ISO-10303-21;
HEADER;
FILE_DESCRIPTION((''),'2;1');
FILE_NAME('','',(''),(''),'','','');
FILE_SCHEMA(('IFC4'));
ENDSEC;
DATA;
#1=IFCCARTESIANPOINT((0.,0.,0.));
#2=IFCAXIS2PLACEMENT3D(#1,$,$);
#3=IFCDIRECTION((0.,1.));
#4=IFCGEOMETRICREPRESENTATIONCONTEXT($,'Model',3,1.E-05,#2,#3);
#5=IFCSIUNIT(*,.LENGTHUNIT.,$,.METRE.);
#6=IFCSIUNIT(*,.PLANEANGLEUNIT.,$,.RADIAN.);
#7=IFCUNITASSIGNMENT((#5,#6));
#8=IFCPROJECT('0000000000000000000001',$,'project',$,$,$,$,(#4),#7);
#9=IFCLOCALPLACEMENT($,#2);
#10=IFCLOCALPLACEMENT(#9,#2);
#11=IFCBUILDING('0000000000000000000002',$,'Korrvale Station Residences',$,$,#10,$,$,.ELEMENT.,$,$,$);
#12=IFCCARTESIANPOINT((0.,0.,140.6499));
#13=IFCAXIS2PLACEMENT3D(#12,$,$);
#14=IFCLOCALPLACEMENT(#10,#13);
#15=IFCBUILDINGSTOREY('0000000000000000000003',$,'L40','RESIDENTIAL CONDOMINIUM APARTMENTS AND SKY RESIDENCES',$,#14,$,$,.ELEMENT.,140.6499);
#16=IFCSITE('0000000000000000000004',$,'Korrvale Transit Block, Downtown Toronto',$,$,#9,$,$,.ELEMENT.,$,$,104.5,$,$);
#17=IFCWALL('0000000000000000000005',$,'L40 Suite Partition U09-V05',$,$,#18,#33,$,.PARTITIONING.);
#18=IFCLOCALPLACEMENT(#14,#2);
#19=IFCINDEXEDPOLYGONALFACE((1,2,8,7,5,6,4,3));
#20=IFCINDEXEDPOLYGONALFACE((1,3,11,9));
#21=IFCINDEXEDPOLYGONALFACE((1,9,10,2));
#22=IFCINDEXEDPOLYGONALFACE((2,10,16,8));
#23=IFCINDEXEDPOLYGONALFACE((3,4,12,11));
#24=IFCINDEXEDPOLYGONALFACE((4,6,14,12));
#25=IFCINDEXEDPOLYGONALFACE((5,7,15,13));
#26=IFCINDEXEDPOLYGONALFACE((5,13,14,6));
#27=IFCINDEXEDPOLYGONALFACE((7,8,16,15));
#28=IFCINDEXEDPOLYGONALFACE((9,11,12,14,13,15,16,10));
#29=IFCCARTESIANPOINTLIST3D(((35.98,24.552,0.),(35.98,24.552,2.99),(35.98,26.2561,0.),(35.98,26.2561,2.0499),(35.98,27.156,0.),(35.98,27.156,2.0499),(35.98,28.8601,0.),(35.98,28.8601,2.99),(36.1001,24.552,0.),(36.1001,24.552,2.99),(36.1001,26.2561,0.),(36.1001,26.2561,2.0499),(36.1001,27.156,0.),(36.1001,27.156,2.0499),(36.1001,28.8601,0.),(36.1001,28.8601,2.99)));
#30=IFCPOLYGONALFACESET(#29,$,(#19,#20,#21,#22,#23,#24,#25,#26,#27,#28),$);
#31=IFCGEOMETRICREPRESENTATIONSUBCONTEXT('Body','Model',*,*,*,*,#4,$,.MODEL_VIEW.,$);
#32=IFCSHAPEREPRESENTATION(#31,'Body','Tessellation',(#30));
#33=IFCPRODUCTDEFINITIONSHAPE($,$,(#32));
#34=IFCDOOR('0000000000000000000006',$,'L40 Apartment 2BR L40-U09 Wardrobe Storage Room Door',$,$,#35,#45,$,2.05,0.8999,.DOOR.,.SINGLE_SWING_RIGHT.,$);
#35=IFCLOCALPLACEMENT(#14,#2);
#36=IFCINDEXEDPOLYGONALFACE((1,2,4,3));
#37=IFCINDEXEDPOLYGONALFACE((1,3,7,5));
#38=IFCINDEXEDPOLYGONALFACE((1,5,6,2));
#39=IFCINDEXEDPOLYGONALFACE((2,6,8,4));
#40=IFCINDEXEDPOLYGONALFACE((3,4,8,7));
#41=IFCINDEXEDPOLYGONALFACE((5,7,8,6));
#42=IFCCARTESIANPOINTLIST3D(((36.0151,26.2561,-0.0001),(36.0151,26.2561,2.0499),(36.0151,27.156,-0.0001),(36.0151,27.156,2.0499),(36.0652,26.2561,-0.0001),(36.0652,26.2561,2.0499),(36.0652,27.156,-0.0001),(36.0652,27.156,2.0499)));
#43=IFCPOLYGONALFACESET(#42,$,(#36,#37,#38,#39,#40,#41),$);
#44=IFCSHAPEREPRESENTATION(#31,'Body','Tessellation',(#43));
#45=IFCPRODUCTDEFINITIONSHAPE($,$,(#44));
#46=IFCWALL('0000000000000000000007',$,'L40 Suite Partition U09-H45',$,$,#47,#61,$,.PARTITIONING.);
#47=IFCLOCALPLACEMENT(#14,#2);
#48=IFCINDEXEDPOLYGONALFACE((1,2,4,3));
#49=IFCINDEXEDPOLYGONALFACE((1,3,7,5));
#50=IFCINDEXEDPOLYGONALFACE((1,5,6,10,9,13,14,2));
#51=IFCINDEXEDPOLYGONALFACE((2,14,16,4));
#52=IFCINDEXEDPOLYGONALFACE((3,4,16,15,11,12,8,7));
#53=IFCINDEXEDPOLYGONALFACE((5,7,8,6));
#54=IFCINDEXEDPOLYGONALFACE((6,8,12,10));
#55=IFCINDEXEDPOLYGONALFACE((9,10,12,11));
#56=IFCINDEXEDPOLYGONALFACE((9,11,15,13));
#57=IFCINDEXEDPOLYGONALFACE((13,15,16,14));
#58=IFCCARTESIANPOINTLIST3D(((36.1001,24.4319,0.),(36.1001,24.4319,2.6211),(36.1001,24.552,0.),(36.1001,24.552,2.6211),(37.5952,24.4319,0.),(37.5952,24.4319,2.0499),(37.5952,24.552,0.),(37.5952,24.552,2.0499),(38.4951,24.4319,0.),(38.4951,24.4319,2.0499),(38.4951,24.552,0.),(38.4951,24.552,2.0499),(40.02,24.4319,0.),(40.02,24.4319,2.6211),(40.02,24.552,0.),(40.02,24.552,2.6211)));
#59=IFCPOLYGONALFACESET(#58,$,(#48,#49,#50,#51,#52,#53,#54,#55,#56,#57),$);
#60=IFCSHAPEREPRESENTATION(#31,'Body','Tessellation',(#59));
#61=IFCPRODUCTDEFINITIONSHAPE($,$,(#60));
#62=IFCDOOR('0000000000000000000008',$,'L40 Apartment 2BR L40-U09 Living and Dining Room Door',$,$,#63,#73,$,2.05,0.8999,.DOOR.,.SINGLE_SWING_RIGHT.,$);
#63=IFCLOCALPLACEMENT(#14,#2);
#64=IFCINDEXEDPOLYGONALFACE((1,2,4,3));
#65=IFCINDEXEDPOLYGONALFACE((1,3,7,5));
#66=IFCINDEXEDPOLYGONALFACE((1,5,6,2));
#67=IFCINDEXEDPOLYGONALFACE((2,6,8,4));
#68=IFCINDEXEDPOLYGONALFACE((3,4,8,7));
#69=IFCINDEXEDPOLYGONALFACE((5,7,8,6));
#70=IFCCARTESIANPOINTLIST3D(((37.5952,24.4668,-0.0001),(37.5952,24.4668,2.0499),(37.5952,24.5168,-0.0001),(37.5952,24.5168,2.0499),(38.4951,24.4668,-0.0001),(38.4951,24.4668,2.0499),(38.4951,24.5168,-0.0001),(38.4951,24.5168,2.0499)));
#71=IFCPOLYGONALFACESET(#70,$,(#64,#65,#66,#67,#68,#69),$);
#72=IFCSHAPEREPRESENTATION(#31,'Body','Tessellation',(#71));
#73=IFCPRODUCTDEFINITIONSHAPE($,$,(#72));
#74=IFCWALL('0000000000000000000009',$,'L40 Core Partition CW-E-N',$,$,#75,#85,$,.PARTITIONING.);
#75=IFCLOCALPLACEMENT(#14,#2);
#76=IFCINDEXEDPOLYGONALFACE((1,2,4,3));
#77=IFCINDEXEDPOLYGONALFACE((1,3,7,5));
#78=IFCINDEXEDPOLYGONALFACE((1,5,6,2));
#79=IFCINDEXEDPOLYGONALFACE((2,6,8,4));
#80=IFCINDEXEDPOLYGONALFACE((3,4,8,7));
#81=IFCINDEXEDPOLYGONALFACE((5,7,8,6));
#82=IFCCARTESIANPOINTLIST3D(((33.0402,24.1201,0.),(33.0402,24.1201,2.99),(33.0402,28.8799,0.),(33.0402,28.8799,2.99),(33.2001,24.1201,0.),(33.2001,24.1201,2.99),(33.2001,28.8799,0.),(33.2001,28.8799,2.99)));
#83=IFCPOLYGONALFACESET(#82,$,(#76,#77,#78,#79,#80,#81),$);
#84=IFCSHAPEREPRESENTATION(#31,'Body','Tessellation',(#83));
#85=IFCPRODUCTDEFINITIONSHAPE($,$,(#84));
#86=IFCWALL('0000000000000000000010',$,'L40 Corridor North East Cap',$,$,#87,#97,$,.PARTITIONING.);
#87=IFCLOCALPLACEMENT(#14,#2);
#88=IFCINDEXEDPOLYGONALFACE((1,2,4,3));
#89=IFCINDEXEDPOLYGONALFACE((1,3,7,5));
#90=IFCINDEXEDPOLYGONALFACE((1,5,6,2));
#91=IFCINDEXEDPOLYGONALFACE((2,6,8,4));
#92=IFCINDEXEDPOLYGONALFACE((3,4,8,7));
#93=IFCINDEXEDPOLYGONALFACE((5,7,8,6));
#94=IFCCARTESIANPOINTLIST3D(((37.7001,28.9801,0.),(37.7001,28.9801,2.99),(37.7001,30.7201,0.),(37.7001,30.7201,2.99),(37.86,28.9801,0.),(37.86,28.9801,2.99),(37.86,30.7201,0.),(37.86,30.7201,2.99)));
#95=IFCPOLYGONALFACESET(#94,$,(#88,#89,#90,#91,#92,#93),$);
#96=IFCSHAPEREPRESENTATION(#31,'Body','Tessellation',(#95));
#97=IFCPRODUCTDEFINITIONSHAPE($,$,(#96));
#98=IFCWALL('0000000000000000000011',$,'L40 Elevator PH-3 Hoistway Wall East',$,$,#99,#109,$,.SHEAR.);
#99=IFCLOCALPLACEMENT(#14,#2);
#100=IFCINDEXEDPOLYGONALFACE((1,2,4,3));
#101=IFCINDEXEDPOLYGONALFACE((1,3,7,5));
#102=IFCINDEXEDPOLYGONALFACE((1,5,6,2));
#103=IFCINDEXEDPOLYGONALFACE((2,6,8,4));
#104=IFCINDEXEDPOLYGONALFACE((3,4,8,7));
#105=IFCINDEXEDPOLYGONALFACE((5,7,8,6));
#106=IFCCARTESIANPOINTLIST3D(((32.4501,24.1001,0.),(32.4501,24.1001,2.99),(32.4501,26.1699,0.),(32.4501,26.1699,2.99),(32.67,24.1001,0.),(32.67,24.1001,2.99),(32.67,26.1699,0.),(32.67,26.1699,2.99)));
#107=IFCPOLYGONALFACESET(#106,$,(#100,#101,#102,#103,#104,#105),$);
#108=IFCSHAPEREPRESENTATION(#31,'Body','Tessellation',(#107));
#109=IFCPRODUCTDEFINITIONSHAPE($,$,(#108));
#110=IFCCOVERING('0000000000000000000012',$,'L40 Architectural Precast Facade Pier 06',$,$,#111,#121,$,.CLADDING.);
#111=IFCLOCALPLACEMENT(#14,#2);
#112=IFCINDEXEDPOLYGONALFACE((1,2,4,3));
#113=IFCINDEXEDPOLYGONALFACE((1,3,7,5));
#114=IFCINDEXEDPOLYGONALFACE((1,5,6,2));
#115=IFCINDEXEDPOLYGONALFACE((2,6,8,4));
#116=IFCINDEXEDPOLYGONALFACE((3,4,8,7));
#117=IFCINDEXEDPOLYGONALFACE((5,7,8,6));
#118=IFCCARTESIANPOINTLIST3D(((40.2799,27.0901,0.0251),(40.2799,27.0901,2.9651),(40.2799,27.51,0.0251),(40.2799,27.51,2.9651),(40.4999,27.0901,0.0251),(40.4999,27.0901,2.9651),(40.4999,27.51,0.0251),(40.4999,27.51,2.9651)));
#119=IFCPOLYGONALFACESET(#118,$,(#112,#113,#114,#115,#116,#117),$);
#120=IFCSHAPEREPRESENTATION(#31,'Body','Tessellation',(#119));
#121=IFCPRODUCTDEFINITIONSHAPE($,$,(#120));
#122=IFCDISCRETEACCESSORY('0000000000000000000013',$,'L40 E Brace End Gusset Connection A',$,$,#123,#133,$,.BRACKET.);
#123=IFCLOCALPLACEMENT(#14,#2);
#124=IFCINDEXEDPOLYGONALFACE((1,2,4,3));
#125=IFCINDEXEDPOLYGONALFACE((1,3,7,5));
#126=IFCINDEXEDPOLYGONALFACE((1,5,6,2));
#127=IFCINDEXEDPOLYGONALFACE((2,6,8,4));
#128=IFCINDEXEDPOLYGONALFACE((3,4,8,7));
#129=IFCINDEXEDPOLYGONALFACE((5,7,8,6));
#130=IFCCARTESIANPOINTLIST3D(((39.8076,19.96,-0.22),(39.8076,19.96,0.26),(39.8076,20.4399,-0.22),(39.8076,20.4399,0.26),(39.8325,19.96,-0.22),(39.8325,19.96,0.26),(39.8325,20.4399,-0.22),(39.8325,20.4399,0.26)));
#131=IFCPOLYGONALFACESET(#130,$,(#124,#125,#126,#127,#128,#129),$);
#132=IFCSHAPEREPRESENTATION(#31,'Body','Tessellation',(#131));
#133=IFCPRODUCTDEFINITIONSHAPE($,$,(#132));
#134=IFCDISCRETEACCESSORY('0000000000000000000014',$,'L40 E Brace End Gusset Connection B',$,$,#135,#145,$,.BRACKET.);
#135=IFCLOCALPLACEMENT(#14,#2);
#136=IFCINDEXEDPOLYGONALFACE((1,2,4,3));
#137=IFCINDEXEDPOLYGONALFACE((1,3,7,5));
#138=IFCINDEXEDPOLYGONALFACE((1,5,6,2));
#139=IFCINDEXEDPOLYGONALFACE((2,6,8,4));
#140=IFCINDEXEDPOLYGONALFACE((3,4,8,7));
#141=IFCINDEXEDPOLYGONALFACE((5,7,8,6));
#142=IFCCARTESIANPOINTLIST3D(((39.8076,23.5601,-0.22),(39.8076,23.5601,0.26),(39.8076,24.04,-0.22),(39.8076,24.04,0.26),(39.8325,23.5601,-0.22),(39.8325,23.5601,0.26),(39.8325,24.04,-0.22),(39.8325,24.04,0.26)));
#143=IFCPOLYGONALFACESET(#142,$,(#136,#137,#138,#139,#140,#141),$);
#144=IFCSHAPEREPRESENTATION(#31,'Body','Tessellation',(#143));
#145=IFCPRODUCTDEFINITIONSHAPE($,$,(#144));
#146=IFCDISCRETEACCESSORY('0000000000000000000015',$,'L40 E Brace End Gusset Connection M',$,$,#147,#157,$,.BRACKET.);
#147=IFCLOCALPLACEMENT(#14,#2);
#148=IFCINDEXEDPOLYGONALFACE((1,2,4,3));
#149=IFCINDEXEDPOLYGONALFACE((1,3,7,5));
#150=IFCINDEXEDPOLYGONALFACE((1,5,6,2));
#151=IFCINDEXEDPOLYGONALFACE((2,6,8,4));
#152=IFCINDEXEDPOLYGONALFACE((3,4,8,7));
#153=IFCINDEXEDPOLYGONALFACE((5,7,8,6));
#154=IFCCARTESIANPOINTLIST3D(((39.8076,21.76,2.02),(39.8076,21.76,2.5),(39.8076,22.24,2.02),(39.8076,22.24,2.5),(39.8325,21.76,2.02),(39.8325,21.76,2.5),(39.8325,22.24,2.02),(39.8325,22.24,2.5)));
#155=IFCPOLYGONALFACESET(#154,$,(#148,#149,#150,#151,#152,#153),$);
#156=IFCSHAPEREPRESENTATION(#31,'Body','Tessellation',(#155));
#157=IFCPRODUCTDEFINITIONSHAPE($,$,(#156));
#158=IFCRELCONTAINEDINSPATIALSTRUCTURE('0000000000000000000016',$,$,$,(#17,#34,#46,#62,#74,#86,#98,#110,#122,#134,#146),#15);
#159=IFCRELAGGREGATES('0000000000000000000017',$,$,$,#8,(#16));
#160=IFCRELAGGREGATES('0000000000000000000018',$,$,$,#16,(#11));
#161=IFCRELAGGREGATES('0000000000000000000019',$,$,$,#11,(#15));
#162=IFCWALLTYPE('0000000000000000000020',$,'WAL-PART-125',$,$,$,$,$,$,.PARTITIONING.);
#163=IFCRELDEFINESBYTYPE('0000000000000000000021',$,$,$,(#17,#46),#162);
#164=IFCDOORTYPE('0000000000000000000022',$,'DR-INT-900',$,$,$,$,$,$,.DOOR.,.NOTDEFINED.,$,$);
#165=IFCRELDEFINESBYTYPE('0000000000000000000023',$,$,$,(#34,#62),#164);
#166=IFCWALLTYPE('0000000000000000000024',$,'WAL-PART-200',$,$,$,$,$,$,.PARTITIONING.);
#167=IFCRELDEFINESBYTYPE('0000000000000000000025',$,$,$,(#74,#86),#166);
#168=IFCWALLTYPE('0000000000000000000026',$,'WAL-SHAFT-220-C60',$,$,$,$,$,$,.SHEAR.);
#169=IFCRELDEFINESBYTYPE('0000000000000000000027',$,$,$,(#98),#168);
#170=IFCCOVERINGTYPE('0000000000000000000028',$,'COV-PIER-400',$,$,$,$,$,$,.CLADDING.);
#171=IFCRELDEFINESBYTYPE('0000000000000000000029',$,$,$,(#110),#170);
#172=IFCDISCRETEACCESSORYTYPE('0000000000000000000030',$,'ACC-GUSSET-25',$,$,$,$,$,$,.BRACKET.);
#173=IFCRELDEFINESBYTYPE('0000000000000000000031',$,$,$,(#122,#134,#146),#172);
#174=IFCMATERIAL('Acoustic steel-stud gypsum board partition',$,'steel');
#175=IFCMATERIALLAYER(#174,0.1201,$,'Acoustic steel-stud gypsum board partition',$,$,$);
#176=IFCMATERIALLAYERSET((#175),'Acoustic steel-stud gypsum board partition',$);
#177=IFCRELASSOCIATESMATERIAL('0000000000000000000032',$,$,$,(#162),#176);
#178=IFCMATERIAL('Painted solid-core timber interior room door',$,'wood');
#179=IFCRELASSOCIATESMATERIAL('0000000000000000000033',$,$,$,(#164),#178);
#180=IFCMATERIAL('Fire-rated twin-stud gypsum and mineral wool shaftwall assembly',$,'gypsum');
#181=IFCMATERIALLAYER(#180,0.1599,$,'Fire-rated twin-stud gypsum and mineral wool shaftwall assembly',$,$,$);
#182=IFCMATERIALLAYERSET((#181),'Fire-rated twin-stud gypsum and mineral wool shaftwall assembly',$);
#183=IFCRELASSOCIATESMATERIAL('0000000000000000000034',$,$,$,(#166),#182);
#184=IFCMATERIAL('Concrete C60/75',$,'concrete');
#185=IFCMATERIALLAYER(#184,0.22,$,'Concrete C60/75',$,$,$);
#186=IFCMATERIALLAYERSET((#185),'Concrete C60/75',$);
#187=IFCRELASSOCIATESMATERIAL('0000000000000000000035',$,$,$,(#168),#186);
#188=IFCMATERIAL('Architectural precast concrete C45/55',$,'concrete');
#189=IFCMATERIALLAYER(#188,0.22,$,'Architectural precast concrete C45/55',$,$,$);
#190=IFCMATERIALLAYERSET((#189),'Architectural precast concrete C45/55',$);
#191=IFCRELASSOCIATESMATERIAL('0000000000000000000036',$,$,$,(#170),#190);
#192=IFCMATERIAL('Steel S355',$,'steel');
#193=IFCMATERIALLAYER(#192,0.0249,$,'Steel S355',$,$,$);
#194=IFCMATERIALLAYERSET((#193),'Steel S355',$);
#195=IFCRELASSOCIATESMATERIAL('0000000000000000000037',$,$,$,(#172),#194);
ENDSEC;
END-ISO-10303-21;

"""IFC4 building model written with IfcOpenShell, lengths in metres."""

from ifc_helpers import new_model, si_unit, direction, frame, frame_2d, origin, origin_2d, place, context, subcontext, project, spatial, rectangle, extrude, material, layer, layer_set, type_object, element, fill, save


model = new_model("IFC4")

# Units and contexts
model_context = context("Model", 3, precision=1e-05, world=origin(), true_north=direction((0.0, 1.0)))
body_context = subcontext(model_context, "Body", "Model", "MODEL_VIEW")
ifc_project = project(units=[si_unit("LENGTHUNIT", "METRE"), si_unit("PLANEANGLEUNIT", "RADIAN")], contexts=[model_context])

# Site, building, storey
site_placement = place(None, origin())
site = spatial("IfcSite", under=ifc_project, at=site_placement, Name="Korrvale Transit Block, Downtown Toronto", CompositionType="ELEMENT", RefElevation=104.5)
building_placement = place(site_placement, origin())
building = spatial("IfcBuilding", under=site, at=building_placement, Name="Korrvale Station Residences", CompositionType="ELEMENT")
storey_placement = place(building_placement, frame((0.0, 0.0, 140.6499)))
storey = spatial("IfcBuildingStorey", under=building, at=storey_placement, Name="L40", Description="RESIDENTIAL CONDOMINIUM APARTMENTS AND SKY RESIDENCES", CompositionType="ELEMENT", Elevation=140.6499)

# Shared definitions
ifc_material_1 = material(Name="Concrete C60/75", Category="concrete")

# Shared definitions
ifc_material_2 = material(Name="Steel S355", Category="steel")

# Shared definitions
ifc_material_3 = material(Name="Acoustic steel-stud gypsum board partition", Category="steel")
ifc_layer_1 = layer(ifc_material_3, 0.1201, Name="Acoustic steel-stud gypsum board partition")
ifc_layer_set_1 = layer_set([ifc_layer_1], Name="Acoustic steel-stud gypsum board partition")
wall_type_1 = type_object("IfcWallType", Name="WAL-PART-125", PredefinedType="PARTITIONING", material=ifc_layer_set_1)

# Walls, openings, doors
ifc_material_4 = material(Name="Painted solid-core timber interior room door", Category="wood")
door_type = type_object("IfcDoorType", Name="DR-INT-900", OperationType="NOTDEFINED", PredefinedType="DOOR", material=ifc_material_4)
wall_1_placement = place(storey_placement, frame((36.04, 24.552, 0.0), z_axis=(0.0, 0.0, 1.0), x_axis=(0.0, 1.0, 0.0)))
wall_1 = element("IfcWall", 1, at=wall_1_placement, inside=storey, type_object=wall_type_1, Name="L40 Suite Partition U09-V05", PredefinedType="PARTITIONING", context=body_context, shape_type="SweptSolid", body=[
    extrude(rectangle(XDim=4.3081, YDim=0.1201, at=frame_2d((2.1541, 0.0))), origin(), (0.0, 0.0, 1.0), 2.99),
])
opening_1_placement = place(wall_1_placement, frame((1.7041, 0.0, 0.0)))
opening_1 = element("IfcOpeningElement", 2, at=opening_1_placement, cuts=wall_1, PredefinedType="OPENING", context=body_context, shape_type="SweptSolid", body=[
    extrude(rectangle(XDim=0.8999, YDim=2.05, at=frame_2d((0.45, 1.0249))), frame((0.0, 0.0701, 0.0), z_axis=(0.0, -1.0, 0.0), x_axis=(1.0, 0.0, 0.0)), (0.0, 0.0, 1.0), 0.1401),
])
door_1_placement = place(opening_1_placement, origin())
door_1 = element("IfcDoor", 3, at=door_1_placement, inside=storey, type_object=door_type, Name="L40 Apartment 2BR L40-U09 Wardrobe Storage Room Door", OperationType="SINGLE_SWING_RIGHT", OverallHeight=2.05, OverallWidth=0.8999, PredefinedType="DOOR", context=body_context, shape_type="SweptSolid", body=[
    extrude(rectangle(XDim=0.8999, YDim=2.05, at=frame_2d((0.45, 1.0249))), frame((0.0, 0.0249, 0.0), z_axis=(0.0, -1.0, 0.0), x_axis=(1.0, 0.0, 0.0)), (0.0, 0.0, 1.0), 0.05),
])
fill(opening_1, door_1)
wall_2_placement = place(storey_placement, frame((36.1001, 24.4919, 0.0), z_axis=(0.0, 0.0, 1.0), x_axis=(1.0, 0.0, 0.0)))
wall_2 = element("IfcWall", 4, at=wall_2_placement, inside=storey, type_object=wall_type_1, Name="L40 Suite Partition U09-H45", PredefinedType="PARTITIONING", context=body_context, shape_type="SweptSolid", body=[
    extrude(rectangle(XDim=3.9199, YDim=0.1201, at=frame_2d((1.96, 0.0))), origin(), (0.0, 0.0, 1.0), 2.6211),
])
opening_2_placement = place(wall_2_placement, frame((1.4951, 0.0, 0.0)))
opening_2 = element("IfcOpeningElement", 5, at=opening_2_placement, cuts=wall_2, PredefinedType="OPENING", context=body_context, shape_type="SweptSolid", body=[
    extrude(rectangle(XDim=0.8999, YDim=2.05, at=frame_2d((0.45, 1.0249))), frame((0.0, 0.0701, 0.0), z_axis=(0.0, -1.0, 0.0), x_axis=(1.0, 0.0, 0.0)), (0.0, 0.0, 1.0), 0.1401),
])
door_2_placement = place(opening_2_placement, origin())
door_2 = element("IfcDoor", 6, at=door_2_placement, inside=storey, type_object=door_type, Name="L40 Apartment 2BR L40-U09 Living and Dining Room Door", OperationType="SINGLE_SWING_RIGHT", OverallHeight=2.05, OverallWidth=0.8999, PredefinedType="DOOR", context=body_context, shape_type="SweptSolid", body=[
    extrude(rectangle(XDim=0.8999, YDim=2.05, at=frame_2d((0.45, 1.0249))), frame((0.0, 0.0249, 0.0), z_axis=(0.0, -1.0, 0.0), x_axis=(1.0, 0.0, 0.0)), (0.0, 0.0, 1.0), 0.05),
])
fill(opening_2, door_2)

# Walls
ifc_material_5 = material(Name="Fire-rated twin-stud gypsum and mineral wool shaftwall assembly", Category="gypsum")
ifc_layer_2 = layer(ifc_material_5, 0.1599, Name="Fire-rated twin-stud gypsum and mineral wool shaftwall assembly")
ifc_layer_set_2 = layer_set([ifc_layer_2], Name="Fire-rated twin-stud gypsum and mineral wool shaftwall assembly")
wall_type_2 = type_object("IfcWallType", Name="WAL-PART-200", PredefinedType="PARTITIONING", material=ifc_layer_set_2)
wall_3_placement = place(storey_placement, frame((33.1201, 24.1201, 0.0), z_axis=(0.0, 0.0, 1.0), x_axis=(0.0, 1.0, 0.0)))
element("IfcWall", 7, at=wall_3_placement, inside=storey, type_object=wall_type_2, Name="L40 Core Partition CW-E-N", PredefinedType="PARTITIONING", context=body_context, shape_type="SweptSolid", body=[
    extrude(rectangle(XDim=4.7598, YDim=0.1599, at=frame_2d((2.3799, 0.0))), origin(), (0.0, 0.0, 1.0), 2.99),
])
wall_4_placement = place(storey_placement, frame((37.78, 28.98, 0.0), z_axis=(0.0, 0.0, 1.0), x_axis=(0.0, 1.0, 0.0)))
element("IfcWall", 8, at=wall_4_placement, inside=storey, type_object=wall_type_2, Name="L40 Corridor North East Cap", PredefinedType="PARTITIONING", context=body_context, shape_type="SweptSolid", body=[
    extrude(rectangle(XDim=1.74, YDim=0.1599, at=frame_2d((0.8701, 0.0))), origin(), (0.0, 0.0, 1.0), 2.99),
])
ifc_layer_3 = layer(ifc_material_1, 0.22, Name="Concrete C60/75")
ifc_layer_set_3 = layer_set([ifc_layer_3], Name="Concrete C60/75")
wall_type_3 = type_object("IfcWallType", Name="WAL-SHAFT-220-C60", PredefinedType="SHEAR", material=ifc_layer_set_3)
wall_5_placement = place(storey_placement, frame((32.5601, 24.1001, 0.0), z_axis=(0.0, 0.0, 1.0), x_axis=(0.0, 1.0, 0.0)))
element("IfcWall", 9, at=wall_5_placement, inside=storey, type_object=wall_type_3, Name="L40 Elevator PH-3 Hoistway Wall East", PredefinedType="SHEAR", context=body_context, shape_type="SweptSolid", body=[
    extrude(rectangle(XDim=2.0698, YDim=0.22, at=frame_2d((1.0349, 0.0))), origin(), (0.0, 0.0, 1.0), 2.99),
])

# Covering
ifc_material_6 = material(Name="Architectural precast concrete C45/55", Category="concrete")
ifc_layer_4 = layer(ifc_material_6, 0.22, Name="Architectural precast concrete C45/55")
ifc_layer_set_4 = layer_set([ifc_layer_4], Name="Architectural precast concrete C45/55")
covering_type = type_object("IfcCoveringType", Name="COV-PIER-400", PredefinedType="CLADDING", material=ifc_layer_set_4)
covering_placement = place(storey_placement, frame((40.3899, 27.3, 0.0251), z_axis=(0.0, 0.0, 1.0), x_axis=(0.0, 1.0, 0.0)))
element("IfcCovering", 10, at=covering_placement, inside=storey, type_object=covering_type, Name="L40 Architectural Precast Facade Pier 06", PredefinedType="CLADDING", context=body_context, shape_type="SweptSolid", body=[
    extrude(rectangle(XDim=0.4199, YDim=0.22, at=origin_2d()), origin(), (0.0, 0.0, 1.0), 2.9399),
])

# Discrete accessories
ifc_layer_5 = layer(ifc_material_2, 0.0249, Name="Steel S355")
ifc_layer_set_5 = layer_set([ifc_layer_5], Name="Steel S355")
discrete_accessory_type = type_object("IfcDiscreteAccessoryType", Name="ACC-GUSSET-25", PredefinedType="BRACKET", material=ifc_layer_set_5)
for number, where, z_axis, x_axis, name in (
    (11, (39.8201, 20.2, -0.22), (0.0, 0.0, 1.0), (0.0, 1.0, 0.0), "L40 E Brace End Gusset Connection A"),
    (12, (39.8201, 23.8, -0.22), (0.0, 0.0, 1.0), (0.0, 1.0, 0.0), "L40 E Brace End Gusset Connection B"),
    (13, (39.8201, 22.0, 2.02), (0.0, 0.0, 1.0), (0.0, 1.0, 0.0), "L40 E Brace End Gusset Connection M"),
):
    element("IfcDiscreteAccessory", number, at=place(storey_placement, frame(where, z_axis=z_axis, x_axis=x_axis)), inside=storey, type_object=discrete_accessory_type, Name=name, PredefinedType="BRACKET", context=body_context, shape_type="SweptSolid", body=[
        extrude(rectangle(XDim=0.48, YDim=0.0249, at=origin_2d()), origin(), (0.0, 0.0, 1.0), 0.48),
    ])

save(model, "model.ifc")
